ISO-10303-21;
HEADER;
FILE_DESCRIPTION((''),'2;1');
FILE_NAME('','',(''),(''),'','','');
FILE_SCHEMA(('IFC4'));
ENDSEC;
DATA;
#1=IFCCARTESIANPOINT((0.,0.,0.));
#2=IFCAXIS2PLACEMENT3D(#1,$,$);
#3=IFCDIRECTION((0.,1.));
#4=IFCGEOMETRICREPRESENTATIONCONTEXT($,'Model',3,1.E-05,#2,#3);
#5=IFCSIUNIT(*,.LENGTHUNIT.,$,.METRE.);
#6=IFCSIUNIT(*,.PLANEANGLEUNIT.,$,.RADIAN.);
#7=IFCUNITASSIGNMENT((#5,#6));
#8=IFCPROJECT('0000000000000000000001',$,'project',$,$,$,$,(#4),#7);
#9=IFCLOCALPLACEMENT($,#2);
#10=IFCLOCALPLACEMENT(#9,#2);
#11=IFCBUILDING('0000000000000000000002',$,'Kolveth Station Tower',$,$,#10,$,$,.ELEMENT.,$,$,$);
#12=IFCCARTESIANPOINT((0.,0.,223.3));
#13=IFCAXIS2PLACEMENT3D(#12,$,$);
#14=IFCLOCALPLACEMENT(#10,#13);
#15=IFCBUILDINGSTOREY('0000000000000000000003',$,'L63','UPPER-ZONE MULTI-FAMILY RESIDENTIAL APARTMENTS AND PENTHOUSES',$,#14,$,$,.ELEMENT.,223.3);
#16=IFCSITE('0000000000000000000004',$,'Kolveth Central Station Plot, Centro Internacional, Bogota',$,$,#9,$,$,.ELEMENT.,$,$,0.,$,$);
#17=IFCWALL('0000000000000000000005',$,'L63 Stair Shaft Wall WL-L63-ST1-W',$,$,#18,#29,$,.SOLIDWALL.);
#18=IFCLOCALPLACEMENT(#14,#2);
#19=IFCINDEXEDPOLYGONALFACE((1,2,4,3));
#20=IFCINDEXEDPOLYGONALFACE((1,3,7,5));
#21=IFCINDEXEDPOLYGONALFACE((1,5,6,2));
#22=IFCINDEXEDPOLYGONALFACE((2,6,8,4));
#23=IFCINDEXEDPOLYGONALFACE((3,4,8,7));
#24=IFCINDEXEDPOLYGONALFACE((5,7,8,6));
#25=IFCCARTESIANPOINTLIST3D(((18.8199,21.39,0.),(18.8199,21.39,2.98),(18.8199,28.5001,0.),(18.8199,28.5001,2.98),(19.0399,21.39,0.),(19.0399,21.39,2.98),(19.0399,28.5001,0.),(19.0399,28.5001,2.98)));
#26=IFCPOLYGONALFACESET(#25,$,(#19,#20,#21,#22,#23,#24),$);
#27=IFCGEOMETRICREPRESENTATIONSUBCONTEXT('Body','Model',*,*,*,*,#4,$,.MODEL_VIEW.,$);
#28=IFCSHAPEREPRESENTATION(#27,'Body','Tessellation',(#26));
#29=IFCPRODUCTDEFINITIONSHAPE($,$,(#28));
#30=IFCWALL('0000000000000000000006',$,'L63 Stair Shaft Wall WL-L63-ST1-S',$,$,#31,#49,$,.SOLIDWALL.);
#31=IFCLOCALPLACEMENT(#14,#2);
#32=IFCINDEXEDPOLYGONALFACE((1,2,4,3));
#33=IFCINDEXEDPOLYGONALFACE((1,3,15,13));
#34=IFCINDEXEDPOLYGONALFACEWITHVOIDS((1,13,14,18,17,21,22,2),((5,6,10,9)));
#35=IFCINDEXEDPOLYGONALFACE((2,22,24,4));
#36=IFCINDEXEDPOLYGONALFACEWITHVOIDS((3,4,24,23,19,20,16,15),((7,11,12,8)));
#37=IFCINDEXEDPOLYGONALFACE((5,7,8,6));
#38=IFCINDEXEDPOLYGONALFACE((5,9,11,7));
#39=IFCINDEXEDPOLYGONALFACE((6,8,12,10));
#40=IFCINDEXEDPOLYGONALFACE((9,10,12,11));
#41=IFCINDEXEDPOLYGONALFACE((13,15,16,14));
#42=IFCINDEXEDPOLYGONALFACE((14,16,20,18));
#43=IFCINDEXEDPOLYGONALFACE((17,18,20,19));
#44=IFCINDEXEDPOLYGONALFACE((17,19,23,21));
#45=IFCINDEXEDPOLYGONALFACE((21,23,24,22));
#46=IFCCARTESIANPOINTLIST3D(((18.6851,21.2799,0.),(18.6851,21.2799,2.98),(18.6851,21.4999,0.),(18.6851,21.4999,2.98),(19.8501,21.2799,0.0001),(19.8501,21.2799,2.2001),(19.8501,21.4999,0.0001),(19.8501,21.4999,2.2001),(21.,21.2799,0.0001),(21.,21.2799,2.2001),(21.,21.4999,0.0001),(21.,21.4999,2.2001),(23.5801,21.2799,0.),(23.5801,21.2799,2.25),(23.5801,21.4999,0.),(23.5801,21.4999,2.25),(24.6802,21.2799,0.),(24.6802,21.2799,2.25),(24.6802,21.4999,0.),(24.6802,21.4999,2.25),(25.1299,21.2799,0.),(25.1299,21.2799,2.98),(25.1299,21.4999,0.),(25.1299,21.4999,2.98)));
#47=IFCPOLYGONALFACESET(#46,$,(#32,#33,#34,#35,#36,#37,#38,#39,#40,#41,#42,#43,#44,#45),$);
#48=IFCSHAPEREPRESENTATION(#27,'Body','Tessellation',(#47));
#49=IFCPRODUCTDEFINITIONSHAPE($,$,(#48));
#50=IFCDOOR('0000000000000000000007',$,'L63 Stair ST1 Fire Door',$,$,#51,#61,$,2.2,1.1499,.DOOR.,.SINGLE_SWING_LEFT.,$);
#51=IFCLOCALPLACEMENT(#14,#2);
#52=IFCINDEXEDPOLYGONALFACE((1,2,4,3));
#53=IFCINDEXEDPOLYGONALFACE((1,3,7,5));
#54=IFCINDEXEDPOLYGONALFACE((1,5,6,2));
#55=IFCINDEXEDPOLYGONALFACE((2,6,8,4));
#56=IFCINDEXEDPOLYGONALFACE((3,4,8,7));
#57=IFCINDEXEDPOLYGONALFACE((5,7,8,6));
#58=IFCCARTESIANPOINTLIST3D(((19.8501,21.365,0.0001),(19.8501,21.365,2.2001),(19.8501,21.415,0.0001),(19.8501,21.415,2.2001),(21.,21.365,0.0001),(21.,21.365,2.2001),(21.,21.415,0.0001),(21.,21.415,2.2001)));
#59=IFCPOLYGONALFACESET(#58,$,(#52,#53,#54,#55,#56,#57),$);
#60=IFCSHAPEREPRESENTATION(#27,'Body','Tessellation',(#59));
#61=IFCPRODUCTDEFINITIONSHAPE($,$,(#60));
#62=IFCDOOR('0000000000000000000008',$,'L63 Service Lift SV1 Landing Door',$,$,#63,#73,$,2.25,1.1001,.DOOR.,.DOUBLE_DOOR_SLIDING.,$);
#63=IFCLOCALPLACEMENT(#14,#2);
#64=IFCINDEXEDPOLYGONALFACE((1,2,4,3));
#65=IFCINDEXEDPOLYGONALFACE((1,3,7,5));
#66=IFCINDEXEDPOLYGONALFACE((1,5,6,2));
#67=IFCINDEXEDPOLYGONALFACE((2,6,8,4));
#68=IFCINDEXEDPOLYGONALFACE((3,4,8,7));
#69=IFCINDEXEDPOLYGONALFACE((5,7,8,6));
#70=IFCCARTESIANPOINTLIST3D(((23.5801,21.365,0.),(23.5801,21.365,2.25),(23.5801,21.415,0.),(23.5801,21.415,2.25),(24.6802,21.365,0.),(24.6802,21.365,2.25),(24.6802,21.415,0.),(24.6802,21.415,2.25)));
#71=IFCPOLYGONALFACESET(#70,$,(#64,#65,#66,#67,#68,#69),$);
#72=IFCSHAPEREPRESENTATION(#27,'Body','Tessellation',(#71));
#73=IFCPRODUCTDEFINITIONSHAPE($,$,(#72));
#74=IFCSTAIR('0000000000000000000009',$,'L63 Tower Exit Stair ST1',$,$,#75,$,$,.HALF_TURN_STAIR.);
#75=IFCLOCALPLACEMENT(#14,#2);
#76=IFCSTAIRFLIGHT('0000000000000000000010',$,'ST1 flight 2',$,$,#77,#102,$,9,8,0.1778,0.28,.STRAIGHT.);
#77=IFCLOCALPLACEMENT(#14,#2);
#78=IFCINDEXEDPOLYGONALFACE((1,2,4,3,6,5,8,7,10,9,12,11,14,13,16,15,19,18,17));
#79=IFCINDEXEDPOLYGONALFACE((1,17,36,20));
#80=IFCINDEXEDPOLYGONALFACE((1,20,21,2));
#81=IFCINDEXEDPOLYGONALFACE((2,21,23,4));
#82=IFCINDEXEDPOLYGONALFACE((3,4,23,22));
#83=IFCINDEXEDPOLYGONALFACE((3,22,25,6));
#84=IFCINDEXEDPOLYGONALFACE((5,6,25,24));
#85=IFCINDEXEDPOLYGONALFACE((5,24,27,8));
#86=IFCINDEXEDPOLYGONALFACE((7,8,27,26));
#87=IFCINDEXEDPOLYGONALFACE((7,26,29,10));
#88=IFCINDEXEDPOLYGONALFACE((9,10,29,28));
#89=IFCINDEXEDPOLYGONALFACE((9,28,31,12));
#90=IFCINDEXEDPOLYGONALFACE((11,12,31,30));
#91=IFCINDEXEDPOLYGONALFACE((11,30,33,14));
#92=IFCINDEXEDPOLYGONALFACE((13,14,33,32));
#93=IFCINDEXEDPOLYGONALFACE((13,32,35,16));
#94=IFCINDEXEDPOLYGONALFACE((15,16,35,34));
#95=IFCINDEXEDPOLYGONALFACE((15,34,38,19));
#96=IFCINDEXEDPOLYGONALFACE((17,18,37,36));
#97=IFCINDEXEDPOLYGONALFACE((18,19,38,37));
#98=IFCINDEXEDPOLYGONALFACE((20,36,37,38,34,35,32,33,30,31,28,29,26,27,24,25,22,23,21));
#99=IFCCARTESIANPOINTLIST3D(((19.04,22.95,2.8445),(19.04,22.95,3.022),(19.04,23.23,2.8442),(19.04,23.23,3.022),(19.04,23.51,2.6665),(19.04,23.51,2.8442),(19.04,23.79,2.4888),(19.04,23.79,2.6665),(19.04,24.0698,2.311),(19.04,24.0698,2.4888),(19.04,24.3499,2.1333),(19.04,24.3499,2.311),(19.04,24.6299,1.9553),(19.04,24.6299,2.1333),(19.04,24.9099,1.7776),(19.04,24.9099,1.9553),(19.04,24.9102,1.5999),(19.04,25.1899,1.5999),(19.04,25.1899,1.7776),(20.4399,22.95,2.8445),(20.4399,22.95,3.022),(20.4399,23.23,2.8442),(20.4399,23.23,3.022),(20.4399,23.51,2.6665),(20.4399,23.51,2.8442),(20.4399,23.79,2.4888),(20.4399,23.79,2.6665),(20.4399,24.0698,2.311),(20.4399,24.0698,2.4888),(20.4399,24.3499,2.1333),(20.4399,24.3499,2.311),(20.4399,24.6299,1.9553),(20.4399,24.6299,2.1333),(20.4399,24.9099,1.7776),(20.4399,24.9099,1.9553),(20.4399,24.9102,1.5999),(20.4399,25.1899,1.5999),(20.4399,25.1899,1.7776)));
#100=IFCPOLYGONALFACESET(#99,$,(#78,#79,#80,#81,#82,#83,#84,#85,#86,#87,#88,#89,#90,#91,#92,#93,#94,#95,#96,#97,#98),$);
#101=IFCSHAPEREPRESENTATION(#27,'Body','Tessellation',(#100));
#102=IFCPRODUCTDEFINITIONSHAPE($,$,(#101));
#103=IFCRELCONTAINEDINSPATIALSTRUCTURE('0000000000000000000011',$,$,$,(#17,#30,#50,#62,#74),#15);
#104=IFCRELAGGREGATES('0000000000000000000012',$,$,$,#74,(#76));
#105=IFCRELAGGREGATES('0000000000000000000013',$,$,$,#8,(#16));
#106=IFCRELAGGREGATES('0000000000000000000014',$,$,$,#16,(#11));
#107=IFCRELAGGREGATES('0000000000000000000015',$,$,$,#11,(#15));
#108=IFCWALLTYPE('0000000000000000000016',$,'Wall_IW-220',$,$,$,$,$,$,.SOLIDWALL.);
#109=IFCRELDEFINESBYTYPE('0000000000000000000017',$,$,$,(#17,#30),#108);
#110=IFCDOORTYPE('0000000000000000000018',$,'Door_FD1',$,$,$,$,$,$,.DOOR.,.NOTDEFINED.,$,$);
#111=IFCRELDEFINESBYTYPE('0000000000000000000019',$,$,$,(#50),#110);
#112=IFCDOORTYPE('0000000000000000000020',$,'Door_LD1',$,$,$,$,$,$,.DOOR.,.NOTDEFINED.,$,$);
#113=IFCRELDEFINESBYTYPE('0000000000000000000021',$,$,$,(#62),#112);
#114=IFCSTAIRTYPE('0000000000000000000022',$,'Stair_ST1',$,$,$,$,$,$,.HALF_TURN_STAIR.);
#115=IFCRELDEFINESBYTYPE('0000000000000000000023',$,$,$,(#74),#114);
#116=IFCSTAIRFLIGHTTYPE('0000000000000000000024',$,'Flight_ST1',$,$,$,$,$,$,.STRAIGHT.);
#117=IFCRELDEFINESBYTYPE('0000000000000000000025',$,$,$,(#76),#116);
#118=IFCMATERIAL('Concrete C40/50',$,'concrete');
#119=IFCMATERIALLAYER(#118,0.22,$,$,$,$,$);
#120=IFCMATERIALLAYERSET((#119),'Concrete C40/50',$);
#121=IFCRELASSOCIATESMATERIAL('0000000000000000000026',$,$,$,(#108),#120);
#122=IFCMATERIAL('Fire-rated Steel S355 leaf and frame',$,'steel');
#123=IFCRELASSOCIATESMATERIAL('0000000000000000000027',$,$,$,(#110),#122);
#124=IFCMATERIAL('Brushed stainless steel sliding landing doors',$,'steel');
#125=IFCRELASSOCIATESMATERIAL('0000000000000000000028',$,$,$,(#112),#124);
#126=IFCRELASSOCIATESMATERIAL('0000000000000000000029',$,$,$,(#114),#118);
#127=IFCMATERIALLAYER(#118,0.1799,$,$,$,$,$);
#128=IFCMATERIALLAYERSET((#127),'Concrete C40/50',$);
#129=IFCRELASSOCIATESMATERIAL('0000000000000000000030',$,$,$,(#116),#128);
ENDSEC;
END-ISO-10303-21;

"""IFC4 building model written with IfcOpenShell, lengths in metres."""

from ifc_helpers import new_model, si_unit, direction, frame, frame_2d, origin, place, context, subcontext, project, spatial, polyline, rectangle, outline, extrude, material, layer, layer_set, type_object, element, fill, aggregate, save


model = new_model("IFC4")

# Units and contexts
model_context = context("Model", 3, precision=1e-05, world=origin(), true_north=direction((0.0, 1.0)))
body_context = subcontext(model_context, "Body", "Model", "MODEL_VIEW")
ifc_project = project(units=[si_unit("LENGTHUNIT", "METRE"), si_unit("PLANEANGLEUNIT", "RADIAN")], contexts=[model_context])

# Site, building, storey
site_placement = place(None, origin())
site = spatial("IfcSite", under=ifc_project, at=site_placement, Name="Kolveth Central Station Plot, Centro Internacional, Bogota", CompositionType="ELEMENT", RefElevation=0.0)
building_placement = place(site_placement, origin())
building = spatial("IfcBuilding", under=site, at=building_placement, Name="Kolveth Station Tower", CompositionType="ELEMENT")
storey_placement = place(building_placement, frame((0.0, 0.0, 223.3)))
storey = spatial("IfcBuildingStorey", under=building, at=storey_placement, Name="L63", Description="UPPER-ZONE MULTI-FAMILY RESIDENTIAL APARTMENTS AND PENTHOUSES", CompositionType="ELEMENT", Elevation=223.3)

# Wall
ifc_material_1 = material(Name="Concrete C40/50", Category="concrete")
ifc_layer_1 = layer(ifc_material_1, 0.22)
ifc_layer_set_1 = layer_set([ifc_layer_1], Name="Concrete C40/50")
wall_type_1 = type_object("IfcWallType", Name="Wall_IW-220", PredefinedType="SOLIDWALL", material=ifc_layer_set_1)
wall_1_placement = place(storey_placement, frame((18.9299, 21.3899, 0.0), z_axis=(0.0, 0.0, 1.0), x_axis=(0.0, 1.0, 0.0)))
element("IfcWall", 1, at=wall_1_placement, inside=storey, type_object=wall_type_1, Name="L63 Stair Shaft Wall WL-L63-ST1-W", PredefinedType="SOLIDWALL", context=body_context, shape_type="SweptSolid", body=[
    extrude(rectangle(XDim=7.1101, YDim=0.22, at=frame_2d((3.5552, 0.0))), origin(), (0.0, 0.0, 1.0), 2.98),
])

# Wall, openings, doors
wall_2_placement = place(storey_placement, frame((18.6851, 21.3899, 0.0), z_axis=(0.0, 0.0, 1.0), x_axis=(1.0, 0.0, 0.0)))
wall_2 = element("IfcWall", 2, at=wall_2_placement, inside=storey, type_object=wall_type_1, Name="L63 Stair Shaft Wall WL-L63-ST1-S", PredefinedType="SOLIDWALL", context=body_context, shape_type="SweptSolid", body=[
    extrude(rectangle(XDim=6.4448, YDim=0.22, at=frame_2d((3.2224, 0.0))), origin(), (0.0, 0.0, 1.0), 2.98),
])
opening_1_placement = place(wall_2_placement, frame((1.165, 0.0, 0.0)))
opening_1 = element("IfcOpeningElement", 3, at=opening_1_placement, cuts=wall_2, PredefinedType="OPENING", context=body_context, shape_type="SweptSolid", body=[
    extrude(rectangle(XDim=1.1499, YDim=2.2, at=frame_2d((0.575, 1.1001))), frame((0.0, 0.1199, 0.0), z_axis=(0.0, -1.0, 0.0), x_axis=(1.0, 0.0, 0.0)), (0.0, 0.0, 1.0), 0.24),
])
opening_2_placement = place(wall_2_placement, frame((4.895, 0.0, 0.0)))
opening_2 = element("IfcOpeningElement", 4, at=opening_2_placement, cuts=wall_2, PredefinedType="OPENING", context=body_context, shape_type="SweptSolid", body=[
    extrude(rectangle(XDim=1.1001, YDim=2.25, at=frame_2d((0.55, 1.125))), frame((0.0, 0.1199, 0.0), z_axis=(0.0, -1.0, 0.0), x_axis=(1.0, 0.0, 0.0)), (0.0, 0.0, 1.0), 0.24),
])
ifc_material_2 = material(Name="Fire-rated Steel S355 leaf and frame", Category="steel")
door_type_1 = type_object("IfcDoorType", Name="Door_FD1", OperationType="NOTDEFINED", PredefinedType="DOOR", material=ifc_material_2)
door_1_placement = place(opening_1_placement, frame((1.1499, 0.0, 0.0), z_axis=(0.0, 0.0, 1.0), x_axis=(-1.0, 0.0, 0.0)))
door_1 = element("IfcDoor", 5, at=door_1_placement, inside=storey, type_object=door_type_1, Name="L63 Stair ST1 Fire Door", OperationType="SINGLE_SWING_LEFT", OverallHeight=2.2, OverallWidth=1.1499, PredefinedType="DOOR", context=body_context, shape_type="SweptSolid", body=[
    extrude(rectangle(XDim=1.1499, YDim=2.2, at=frame_2d((0.575, 1.1001))), frame((0.0, 0.0249, 0.0), z_axis=(0.0, -1.0, 0.0), x_axis=(1.0, 0.0, 0.0)), (0.0, 0.0, 1.0), 0.05),
])
fill(opening_1, door_1)
ifc_material_3 = material(Name="Brushed stainless steel sliding landing doors", Category="steel")
door_type_2 = type_object("IfcDoorType", Name="Door_LD1", OperationType="NOTDEFINED", PredefinedType="DOOR", material=ifc_material_3)
door_2_placement = place(opening_2_placement, frame((1.1001, 0.0, 0.0), z_axis=(0.0, 0.0, 1.0), x_axis=(-1.0, 0.0, 0.0)))
door_2 = element("IfcDoor", 6, at=door_2_placement, inside=storey, type_object=door_type_2, Name="L63 Service Lift SV1 Landing Door", OperationType="DOUBLE_DOOR_SLIDING", OverallHeight=2.25, OverallWidth=1.1001, PredefinedType="DOOR", context=body_context, shape_type="SweptSolid", body=[
    extrude(rectangle(XDim=1.1001, YDim=2.25, at=frame_2d((0.55, 1.125))), frame((0.0, 0.0249, 0.0), z_axis=(0.0, -1.0, 0.0), x_axis=(1.0, 0.0, 0.0)), (0.0, 0.0, 1.0), 0.05),
])
fill(opening_2, door_2)

# Stair, stair flight
stair_type = type_object("IfcStairType", Name="Stair_ST1", PredefinedType="HALF_TURN_STAIR", material=ifc_material_1)
stair_placement = place(storey_placement, origin())
stair = element("IfcStair", 7, at=stair_placement, inside=storey, type_object=stair_type, Name="L63 Tower Exit Stair ST1", PredefinedType="HALF_TURN_STAIR")
ifc_layer_2 = layer(ifc_material_1, 0.1799)
ifc_layer_set_2 = layer_set([ifc_layer_2], Name="Concrete C40/50")
stair_flight_type = type_object("IfcStairFlightType", Name="Flight_ST1", PredefinedType="STRAIGHT", material=ifc_layer_set_2)
stair_flight_placement = place(storey_placement, frame((19.74, 25.1899, 1.5999), z_axis=(0.0, 0.0, 1.0), x_axis=(0.0, -1.0, 0.0)))
stair_flight = element("IfcStairFlight", 8, at=stair_flight_placement, type_object=stair_flight_type, Name="ST1 flight 2", NumberOfRisers=9, NumberOfTreads=8, PredefinedType="STRAIGHT", RiserHeight=0.1778, TreadLength=0.28, context=body_context, shape_type="SweptSolid", body=[
    extrude(outline(polyline([(0.0, 0.0), (0.0, 0.1777), (0.28, 0.1777), (0.28, 0.3555), (0.5601, 0.3555), (0.5601, 0.5334), (0.8401, 0.5334), (0.8401, 0.7112), (1.1201, 0.7112), (1.1201, 0.8889), (1.3999, 0.8889), (1.3999, 1.0667), (1.6799, 1.0667), (1.6799, 1.2444), (1.96, 1.2444), (1.96, 1.4221), (2.24, 1.4221), (2.24, 1.6001), (2.24, 1.2446), (0.2798, 0.0), (0.0, 0.0)])), frame((0.0, 0.7, 0.0), z_axis=(0.0, -1.0, 0.0), x_axis=(1.0, 0.0, 0.0)), (0.0, 0.0, 1.0), 1.3999),
])
aggregate(stair, [stair_flight])

save(model, "model.ifc")
